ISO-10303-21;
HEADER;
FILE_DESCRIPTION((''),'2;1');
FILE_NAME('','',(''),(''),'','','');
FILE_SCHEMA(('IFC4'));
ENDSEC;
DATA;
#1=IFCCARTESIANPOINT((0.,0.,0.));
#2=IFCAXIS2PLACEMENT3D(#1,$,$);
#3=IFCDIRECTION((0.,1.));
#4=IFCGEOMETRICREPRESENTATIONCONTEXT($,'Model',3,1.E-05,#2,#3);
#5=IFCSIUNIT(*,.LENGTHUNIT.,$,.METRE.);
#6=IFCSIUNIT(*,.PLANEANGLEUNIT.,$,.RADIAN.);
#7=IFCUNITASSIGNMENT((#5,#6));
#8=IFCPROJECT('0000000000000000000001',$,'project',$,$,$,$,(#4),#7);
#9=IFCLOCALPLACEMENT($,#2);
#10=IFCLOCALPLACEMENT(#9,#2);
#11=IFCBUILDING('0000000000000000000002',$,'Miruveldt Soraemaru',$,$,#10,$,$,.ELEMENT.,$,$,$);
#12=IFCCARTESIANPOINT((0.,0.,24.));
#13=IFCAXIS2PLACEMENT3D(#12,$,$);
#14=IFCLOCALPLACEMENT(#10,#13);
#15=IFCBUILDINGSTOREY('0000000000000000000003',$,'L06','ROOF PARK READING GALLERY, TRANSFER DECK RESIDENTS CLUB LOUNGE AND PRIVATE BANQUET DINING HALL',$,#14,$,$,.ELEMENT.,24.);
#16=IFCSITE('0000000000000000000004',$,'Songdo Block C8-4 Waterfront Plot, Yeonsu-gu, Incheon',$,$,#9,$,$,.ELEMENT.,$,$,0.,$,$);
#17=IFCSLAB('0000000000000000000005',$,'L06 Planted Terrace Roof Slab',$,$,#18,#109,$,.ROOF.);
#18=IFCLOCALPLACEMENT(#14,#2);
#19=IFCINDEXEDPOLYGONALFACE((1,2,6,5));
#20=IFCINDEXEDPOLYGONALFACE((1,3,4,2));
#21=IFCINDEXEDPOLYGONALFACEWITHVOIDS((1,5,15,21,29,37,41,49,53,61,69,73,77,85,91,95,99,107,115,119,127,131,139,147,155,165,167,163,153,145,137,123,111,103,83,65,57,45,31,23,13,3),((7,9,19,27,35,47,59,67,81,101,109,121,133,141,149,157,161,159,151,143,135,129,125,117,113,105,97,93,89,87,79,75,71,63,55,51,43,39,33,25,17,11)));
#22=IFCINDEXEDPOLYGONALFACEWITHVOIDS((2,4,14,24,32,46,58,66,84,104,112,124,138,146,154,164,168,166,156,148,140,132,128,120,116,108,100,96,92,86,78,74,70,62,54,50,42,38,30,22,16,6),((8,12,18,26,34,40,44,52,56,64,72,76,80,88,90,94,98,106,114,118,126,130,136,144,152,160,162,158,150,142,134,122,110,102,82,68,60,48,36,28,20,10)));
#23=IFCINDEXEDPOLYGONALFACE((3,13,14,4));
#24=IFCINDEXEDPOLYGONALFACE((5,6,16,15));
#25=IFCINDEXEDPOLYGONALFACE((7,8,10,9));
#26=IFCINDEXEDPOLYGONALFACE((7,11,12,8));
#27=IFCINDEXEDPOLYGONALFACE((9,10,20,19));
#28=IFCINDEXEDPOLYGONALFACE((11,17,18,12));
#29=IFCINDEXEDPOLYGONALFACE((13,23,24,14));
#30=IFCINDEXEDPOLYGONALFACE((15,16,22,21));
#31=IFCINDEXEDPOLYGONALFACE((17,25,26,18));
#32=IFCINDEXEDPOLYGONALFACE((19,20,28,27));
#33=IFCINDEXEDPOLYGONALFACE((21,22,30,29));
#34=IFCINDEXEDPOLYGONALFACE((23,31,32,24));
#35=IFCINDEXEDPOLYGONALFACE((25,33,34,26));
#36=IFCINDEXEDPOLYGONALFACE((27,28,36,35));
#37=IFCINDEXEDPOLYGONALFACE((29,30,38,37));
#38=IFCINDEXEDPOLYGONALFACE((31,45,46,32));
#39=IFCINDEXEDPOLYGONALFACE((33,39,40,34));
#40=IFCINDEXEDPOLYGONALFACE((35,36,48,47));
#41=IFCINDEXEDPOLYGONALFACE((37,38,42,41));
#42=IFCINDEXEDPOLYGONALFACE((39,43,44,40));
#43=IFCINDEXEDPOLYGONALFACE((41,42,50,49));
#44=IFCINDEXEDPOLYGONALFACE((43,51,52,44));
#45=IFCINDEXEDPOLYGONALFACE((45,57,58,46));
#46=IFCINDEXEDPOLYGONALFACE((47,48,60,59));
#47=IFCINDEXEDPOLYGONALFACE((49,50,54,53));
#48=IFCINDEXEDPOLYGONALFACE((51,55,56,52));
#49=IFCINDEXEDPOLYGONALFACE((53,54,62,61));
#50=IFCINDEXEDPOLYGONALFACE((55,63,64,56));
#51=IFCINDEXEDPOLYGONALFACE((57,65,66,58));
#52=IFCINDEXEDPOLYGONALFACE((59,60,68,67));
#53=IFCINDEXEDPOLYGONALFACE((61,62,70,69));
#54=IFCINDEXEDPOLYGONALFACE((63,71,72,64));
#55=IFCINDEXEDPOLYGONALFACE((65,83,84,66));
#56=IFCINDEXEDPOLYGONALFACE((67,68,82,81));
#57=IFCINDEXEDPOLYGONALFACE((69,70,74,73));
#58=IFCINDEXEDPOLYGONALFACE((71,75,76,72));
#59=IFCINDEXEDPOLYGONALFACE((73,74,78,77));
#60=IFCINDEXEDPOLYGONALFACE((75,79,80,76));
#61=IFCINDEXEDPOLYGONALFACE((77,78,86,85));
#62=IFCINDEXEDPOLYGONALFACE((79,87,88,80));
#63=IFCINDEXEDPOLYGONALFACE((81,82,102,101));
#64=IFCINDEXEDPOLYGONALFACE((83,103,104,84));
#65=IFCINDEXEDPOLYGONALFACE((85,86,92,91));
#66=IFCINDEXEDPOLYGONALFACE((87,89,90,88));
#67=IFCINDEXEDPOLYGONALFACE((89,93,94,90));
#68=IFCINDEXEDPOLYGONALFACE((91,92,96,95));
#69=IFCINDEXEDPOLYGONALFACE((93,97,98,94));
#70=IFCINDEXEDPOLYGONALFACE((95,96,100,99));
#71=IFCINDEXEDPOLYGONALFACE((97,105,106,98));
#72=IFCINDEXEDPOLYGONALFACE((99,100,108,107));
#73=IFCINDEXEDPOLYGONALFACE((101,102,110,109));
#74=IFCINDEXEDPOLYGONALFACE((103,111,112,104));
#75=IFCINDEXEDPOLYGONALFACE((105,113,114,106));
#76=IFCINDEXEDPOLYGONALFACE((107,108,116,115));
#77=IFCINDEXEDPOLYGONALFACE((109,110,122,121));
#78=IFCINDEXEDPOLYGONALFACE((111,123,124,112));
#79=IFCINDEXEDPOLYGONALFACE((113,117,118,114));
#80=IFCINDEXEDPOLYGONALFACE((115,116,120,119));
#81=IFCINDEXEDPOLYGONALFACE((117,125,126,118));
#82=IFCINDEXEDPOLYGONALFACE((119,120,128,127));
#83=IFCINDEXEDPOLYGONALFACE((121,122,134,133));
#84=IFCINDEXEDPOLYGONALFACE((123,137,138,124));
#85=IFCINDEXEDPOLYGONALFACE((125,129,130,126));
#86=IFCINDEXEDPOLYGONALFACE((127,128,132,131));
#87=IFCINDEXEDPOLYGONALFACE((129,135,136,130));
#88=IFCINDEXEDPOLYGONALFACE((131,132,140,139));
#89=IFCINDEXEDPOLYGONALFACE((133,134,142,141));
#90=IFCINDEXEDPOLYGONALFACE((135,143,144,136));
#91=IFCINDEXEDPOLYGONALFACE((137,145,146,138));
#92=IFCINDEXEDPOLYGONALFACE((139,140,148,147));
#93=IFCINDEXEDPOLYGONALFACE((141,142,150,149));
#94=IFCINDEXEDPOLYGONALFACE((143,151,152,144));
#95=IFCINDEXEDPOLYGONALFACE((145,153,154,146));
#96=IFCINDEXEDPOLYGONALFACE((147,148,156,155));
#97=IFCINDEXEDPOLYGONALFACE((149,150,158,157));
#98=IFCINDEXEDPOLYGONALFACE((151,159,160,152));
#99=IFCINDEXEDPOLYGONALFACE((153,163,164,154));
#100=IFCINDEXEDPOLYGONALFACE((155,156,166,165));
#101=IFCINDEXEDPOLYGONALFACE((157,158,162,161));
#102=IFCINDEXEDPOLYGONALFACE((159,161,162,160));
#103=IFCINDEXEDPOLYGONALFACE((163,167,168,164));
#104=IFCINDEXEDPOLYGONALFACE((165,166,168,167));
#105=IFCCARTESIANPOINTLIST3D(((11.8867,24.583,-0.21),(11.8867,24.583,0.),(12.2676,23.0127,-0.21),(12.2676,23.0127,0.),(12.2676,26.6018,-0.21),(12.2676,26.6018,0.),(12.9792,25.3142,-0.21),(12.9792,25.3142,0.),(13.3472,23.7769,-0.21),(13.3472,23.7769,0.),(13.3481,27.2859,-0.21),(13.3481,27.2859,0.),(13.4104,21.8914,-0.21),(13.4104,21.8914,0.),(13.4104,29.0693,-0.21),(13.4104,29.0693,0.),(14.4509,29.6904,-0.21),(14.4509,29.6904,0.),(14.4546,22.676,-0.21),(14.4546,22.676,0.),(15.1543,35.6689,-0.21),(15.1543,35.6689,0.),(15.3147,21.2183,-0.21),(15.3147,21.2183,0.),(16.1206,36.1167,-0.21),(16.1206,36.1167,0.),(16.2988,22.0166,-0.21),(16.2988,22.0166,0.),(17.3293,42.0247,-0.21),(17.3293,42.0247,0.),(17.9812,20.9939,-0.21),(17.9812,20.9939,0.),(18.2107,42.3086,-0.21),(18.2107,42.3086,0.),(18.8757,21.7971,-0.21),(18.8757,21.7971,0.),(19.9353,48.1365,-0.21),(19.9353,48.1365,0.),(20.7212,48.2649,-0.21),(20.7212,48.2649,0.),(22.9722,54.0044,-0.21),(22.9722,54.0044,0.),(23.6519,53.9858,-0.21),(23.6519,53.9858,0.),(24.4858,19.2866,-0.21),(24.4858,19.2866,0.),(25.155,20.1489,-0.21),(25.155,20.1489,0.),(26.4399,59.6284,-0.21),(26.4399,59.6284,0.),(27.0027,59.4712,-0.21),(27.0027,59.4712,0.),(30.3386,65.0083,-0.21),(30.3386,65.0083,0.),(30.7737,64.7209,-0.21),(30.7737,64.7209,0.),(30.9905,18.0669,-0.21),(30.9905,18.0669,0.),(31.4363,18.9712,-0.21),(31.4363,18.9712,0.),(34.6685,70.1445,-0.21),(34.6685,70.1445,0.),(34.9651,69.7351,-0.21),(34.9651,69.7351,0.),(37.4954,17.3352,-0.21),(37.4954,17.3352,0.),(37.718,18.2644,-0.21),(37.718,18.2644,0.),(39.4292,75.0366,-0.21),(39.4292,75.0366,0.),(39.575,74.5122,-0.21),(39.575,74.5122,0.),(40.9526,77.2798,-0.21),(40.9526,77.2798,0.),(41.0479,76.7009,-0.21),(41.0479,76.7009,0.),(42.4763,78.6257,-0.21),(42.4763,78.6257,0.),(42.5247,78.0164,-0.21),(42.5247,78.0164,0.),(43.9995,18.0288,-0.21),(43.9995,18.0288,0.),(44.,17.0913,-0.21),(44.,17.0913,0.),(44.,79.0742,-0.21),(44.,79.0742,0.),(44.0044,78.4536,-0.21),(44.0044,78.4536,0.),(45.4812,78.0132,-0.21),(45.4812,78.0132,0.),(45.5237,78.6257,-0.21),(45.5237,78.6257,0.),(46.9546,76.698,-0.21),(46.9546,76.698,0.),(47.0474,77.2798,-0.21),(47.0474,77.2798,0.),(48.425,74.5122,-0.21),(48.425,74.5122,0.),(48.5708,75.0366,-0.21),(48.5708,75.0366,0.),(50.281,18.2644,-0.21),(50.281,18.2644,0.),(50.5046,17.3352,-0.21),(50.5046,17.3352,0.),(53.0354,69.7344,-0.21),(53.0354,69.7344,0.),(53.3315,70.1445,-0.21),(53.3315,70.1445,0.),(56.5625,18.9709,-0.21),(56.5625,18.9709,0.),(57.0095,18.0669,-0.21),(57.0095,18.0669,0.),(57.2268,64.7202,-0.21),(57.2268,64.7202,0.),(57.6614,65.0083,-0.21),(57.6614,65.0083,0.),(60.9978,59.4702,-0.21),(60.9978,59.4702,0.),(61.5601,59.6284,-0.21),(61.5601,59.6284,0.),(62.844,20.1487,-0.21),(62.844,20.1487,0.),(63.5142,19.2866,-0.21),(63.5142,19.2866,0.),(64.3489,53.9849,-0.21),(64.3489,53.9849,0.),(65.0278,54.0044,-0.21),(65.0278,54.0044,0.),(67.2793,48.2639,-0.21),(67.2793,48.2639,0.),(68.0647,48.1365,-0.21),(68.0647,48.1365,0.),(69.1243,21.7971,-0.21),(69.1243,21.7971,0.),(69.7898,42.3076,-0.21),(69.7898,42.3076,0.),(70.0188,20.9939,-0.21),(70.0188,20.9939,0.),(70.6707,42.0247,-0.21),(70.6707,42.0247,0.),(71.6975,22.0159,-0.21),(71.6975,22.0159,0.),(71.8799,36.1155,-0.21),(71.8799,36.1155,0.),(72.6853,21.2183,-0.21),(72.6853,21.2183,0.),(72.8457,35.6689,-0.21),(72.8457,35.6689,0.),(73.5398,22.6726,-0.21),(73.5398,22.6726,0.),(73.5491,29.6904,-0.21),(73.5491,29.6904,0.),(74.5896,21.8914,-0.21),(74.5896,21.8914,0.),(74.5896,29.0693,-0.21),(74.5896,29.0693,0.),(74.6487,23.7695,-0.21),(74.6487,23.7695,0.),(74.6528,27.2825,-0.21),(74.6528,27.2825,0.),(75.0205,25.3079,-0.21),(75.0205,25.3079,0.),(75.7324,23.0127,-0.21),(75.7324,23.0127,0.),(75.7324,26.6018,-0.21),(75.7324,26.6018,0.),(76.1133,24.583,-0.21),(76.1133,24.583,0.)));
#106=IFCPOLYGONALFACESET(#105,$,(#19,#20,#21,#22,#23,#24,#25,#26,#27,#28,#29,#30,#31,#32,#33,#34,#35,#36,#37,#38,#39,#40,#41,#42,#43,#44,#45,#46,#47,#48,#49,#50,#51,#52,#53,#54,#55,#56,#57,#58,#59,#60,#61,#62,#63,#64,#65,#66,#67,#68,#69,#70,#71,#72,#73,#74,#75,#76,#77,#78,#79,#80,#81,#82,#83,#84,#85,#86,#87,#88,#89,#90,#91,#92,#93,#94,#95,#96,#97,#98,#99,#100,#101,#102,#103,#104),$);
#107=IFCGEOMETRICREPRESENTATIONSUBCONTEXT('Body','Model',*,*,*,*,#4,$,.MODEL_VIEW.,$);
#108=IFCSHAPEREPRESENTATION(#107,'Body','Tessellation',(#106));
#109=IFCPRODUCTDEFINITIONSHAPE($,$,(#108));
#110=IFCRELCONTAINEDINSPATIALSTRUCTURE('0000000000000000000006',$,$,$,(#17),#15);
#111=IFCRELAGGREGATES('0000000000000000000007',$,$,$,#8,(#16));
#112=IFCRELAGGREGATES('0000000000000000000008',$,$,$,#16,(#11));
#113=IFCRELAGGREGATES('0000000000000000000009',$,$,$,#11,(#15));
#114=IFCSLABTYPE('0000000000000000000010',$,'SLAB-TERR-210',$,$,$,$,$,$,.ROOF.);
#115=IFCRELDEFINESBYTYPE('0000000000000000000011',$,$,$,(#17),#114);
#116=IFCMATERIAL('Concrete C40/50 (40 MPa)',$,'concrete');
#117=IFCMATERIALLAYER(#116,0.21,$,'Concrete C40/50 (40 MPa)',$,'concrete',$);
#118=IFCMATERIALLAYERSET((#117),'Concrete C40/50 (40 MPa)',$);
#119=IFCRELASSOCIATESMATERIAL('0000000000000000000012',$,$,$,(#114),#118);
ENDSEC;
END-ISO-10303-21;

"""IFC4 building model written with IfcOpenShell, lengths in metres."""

from ifc_helpers import new_model, si_unit, direction, frame, origin, place, context, subcontext, project, spatial, polyline, outline, extrude, material, layer, layer_set, type_object, element, save


model = new_model("IFC4")

# Units and contexts
model_context = context("Model", 3, precision=1e-05, world=origin(), true_north=direction((0.0, 1.0)))
body_context = subcontext(model_context, "Body", "Model", "MODEL_VIEW")
ifc_project = project(units=[si_unit("LENGTHUNIT", "METRE"), si_unit("PLANEANGLEUNIT", "RADIAN")], contexts=[model_context])

# Site, building, storey
site_placement = place(None, origin())
site = spatial("IfcSite", under=ifc_project, at=site_placement, Name="Songdo Block C8-4 Waterfront Plot, Yeonsu-gu, Incheon", CompositionType="ELEMENT", RefElevation=0.0)
building_placement = place(site_placement, origin())
building = spatial("IfcBuilding", under=site, at=building_placement, Name="Miruveldt Soraemaru", CompositionType="ELEMENT")
storey_placement = place(building_placement, frame((0.0, 0.0, 24.0)))
storey = spatial("IfcBuildingStorey", under=building, at=storey_placement, Name="L06", Description="ROOF PARK READING GALLERY, TRANSFER DECK RESIDENTS CLUB LOUNGE AND PRIVATE BANQUET DINING HALL", CompositionType="ELEMENT", Elevation=24.0)

# Shared definitions
ifc_material_1 = material(Name="Concrete C40/50 (40 MPa)", Category="concrete")

# Slab
ifc_layer_1 = layer(ifc_material_1, 0.21, Name="Concrete C40/50 (40 MPa)", Category="concrete")
ifc_layer_set_1 = layer_set([ifc_layer_1], Name="Concrete C40/50 (40 MPa)")
slab_type_1 = type_object("IfcSlabType", Name="SLAB-TERR-210", PredefinedType="ROOF", material=ifc_layer_set_1)
slab_1_placement = place(storey_placement, frame((0.0, 0.0, -0.21)))
element("IfcSlab", 1, at=slab_1_placement, inside=storey, type_object=slab_type_1, Name="L06 Planted Terrace Roof Slab", PredefinedType="ROOF", context=body_context, shape_type="SweptSolid", body=[
    extrude(outline(polyline([(53.3315, 70.1445), (57.6614, 65.0083), (61.5601, 59.6284), (65.0278, 54.0044), (68.0647, 48.1365), (70.6707, 42.0247), (72.8457, 35.6689), (74.5896, 29.0693), (75.7324, 26.6018), (76.1133, 24.583), (75.7324, 23.0127), (74.5896, 21.8914), (72.6853, 21.2183), (70.0188, 20.9939), (63.5142, 19.2866), (57.0095, 18.0669), (50.5046, 17.3352), (44.0, 17.0913), (37.4954, 17.3352), (30.9905, 18.0669), (24.4858, 19.2866), (17.9812, 20.9939), (15.3147, 21.2183), (13.4104, 21.8914), (12.2676, 23.0127), (11.8867, 24.583), (12.2676, 26.6018), (13.4104, 29.0693), (15.1543, 35.6689), (17.3293, 42.0247), (19.9353, 48.1365), (22.9722, 54.0044), (26.4399, 59.6284), (30.3386, 65.0083), (34.6685, 70.1445), (39.4292, 75.0366), (40.9526, 77.2798), (42.4763, 78.6257), (44.0, 79.0742), (45.5237, 78.6257), (47.0474, 77.2798), (48.5708, 75.0366), (53.3315, 70.1445)]), holes=[polyline([(46.9546, 76.698), (45.4812, 78.0132), (44.0044, 78.4536), (42.5247, 78.0164), (41.0479, 76.7009), (39.575, 74.5122), (34.9651, 69.7351), (30.7737, 64.7209), (27.0027, 59.4712), (23.6519, 53.9858), (20.7212, 48.2649), (18.2107, 42.3086), (16.1206, 36.1167), (14.4509, 29.6904), (13.3481, 27.2859), (12.9792, 25.3142), (13.3472, 23.7769), (14.4546, 22.676), (16.2988, 22.0166), (18.8757, 21.7971), (25.155, 20.1489), (31.4363, 18.9712), (37.718, 18.2644), (43.9995, 18.0288), (50.281, 18.2644), (56.5625, 18.9709), (62.844, 20.1487), (69.1243, 21.7971), (71.6975, 22.0159), (73.5398, 22.6726), (74.6487, 23.7695), (75.0205, 25.3079), (74.6528, 27.2825), (73.5491, 29.6904), (71.8799, 36.1155), (69.7898, 42.3076), (67.2793, 48.2639), (64.3489, 53.9849), (60.9978, 59.4702), (57.2268, 64.7202), (53.0354, 69.7344), (48.425, 74.5122), (46.9546, 76.698)])]), origin(), (0.0, 0.0, 1.0), 0.21),
])

save(model, "model.ifc")
